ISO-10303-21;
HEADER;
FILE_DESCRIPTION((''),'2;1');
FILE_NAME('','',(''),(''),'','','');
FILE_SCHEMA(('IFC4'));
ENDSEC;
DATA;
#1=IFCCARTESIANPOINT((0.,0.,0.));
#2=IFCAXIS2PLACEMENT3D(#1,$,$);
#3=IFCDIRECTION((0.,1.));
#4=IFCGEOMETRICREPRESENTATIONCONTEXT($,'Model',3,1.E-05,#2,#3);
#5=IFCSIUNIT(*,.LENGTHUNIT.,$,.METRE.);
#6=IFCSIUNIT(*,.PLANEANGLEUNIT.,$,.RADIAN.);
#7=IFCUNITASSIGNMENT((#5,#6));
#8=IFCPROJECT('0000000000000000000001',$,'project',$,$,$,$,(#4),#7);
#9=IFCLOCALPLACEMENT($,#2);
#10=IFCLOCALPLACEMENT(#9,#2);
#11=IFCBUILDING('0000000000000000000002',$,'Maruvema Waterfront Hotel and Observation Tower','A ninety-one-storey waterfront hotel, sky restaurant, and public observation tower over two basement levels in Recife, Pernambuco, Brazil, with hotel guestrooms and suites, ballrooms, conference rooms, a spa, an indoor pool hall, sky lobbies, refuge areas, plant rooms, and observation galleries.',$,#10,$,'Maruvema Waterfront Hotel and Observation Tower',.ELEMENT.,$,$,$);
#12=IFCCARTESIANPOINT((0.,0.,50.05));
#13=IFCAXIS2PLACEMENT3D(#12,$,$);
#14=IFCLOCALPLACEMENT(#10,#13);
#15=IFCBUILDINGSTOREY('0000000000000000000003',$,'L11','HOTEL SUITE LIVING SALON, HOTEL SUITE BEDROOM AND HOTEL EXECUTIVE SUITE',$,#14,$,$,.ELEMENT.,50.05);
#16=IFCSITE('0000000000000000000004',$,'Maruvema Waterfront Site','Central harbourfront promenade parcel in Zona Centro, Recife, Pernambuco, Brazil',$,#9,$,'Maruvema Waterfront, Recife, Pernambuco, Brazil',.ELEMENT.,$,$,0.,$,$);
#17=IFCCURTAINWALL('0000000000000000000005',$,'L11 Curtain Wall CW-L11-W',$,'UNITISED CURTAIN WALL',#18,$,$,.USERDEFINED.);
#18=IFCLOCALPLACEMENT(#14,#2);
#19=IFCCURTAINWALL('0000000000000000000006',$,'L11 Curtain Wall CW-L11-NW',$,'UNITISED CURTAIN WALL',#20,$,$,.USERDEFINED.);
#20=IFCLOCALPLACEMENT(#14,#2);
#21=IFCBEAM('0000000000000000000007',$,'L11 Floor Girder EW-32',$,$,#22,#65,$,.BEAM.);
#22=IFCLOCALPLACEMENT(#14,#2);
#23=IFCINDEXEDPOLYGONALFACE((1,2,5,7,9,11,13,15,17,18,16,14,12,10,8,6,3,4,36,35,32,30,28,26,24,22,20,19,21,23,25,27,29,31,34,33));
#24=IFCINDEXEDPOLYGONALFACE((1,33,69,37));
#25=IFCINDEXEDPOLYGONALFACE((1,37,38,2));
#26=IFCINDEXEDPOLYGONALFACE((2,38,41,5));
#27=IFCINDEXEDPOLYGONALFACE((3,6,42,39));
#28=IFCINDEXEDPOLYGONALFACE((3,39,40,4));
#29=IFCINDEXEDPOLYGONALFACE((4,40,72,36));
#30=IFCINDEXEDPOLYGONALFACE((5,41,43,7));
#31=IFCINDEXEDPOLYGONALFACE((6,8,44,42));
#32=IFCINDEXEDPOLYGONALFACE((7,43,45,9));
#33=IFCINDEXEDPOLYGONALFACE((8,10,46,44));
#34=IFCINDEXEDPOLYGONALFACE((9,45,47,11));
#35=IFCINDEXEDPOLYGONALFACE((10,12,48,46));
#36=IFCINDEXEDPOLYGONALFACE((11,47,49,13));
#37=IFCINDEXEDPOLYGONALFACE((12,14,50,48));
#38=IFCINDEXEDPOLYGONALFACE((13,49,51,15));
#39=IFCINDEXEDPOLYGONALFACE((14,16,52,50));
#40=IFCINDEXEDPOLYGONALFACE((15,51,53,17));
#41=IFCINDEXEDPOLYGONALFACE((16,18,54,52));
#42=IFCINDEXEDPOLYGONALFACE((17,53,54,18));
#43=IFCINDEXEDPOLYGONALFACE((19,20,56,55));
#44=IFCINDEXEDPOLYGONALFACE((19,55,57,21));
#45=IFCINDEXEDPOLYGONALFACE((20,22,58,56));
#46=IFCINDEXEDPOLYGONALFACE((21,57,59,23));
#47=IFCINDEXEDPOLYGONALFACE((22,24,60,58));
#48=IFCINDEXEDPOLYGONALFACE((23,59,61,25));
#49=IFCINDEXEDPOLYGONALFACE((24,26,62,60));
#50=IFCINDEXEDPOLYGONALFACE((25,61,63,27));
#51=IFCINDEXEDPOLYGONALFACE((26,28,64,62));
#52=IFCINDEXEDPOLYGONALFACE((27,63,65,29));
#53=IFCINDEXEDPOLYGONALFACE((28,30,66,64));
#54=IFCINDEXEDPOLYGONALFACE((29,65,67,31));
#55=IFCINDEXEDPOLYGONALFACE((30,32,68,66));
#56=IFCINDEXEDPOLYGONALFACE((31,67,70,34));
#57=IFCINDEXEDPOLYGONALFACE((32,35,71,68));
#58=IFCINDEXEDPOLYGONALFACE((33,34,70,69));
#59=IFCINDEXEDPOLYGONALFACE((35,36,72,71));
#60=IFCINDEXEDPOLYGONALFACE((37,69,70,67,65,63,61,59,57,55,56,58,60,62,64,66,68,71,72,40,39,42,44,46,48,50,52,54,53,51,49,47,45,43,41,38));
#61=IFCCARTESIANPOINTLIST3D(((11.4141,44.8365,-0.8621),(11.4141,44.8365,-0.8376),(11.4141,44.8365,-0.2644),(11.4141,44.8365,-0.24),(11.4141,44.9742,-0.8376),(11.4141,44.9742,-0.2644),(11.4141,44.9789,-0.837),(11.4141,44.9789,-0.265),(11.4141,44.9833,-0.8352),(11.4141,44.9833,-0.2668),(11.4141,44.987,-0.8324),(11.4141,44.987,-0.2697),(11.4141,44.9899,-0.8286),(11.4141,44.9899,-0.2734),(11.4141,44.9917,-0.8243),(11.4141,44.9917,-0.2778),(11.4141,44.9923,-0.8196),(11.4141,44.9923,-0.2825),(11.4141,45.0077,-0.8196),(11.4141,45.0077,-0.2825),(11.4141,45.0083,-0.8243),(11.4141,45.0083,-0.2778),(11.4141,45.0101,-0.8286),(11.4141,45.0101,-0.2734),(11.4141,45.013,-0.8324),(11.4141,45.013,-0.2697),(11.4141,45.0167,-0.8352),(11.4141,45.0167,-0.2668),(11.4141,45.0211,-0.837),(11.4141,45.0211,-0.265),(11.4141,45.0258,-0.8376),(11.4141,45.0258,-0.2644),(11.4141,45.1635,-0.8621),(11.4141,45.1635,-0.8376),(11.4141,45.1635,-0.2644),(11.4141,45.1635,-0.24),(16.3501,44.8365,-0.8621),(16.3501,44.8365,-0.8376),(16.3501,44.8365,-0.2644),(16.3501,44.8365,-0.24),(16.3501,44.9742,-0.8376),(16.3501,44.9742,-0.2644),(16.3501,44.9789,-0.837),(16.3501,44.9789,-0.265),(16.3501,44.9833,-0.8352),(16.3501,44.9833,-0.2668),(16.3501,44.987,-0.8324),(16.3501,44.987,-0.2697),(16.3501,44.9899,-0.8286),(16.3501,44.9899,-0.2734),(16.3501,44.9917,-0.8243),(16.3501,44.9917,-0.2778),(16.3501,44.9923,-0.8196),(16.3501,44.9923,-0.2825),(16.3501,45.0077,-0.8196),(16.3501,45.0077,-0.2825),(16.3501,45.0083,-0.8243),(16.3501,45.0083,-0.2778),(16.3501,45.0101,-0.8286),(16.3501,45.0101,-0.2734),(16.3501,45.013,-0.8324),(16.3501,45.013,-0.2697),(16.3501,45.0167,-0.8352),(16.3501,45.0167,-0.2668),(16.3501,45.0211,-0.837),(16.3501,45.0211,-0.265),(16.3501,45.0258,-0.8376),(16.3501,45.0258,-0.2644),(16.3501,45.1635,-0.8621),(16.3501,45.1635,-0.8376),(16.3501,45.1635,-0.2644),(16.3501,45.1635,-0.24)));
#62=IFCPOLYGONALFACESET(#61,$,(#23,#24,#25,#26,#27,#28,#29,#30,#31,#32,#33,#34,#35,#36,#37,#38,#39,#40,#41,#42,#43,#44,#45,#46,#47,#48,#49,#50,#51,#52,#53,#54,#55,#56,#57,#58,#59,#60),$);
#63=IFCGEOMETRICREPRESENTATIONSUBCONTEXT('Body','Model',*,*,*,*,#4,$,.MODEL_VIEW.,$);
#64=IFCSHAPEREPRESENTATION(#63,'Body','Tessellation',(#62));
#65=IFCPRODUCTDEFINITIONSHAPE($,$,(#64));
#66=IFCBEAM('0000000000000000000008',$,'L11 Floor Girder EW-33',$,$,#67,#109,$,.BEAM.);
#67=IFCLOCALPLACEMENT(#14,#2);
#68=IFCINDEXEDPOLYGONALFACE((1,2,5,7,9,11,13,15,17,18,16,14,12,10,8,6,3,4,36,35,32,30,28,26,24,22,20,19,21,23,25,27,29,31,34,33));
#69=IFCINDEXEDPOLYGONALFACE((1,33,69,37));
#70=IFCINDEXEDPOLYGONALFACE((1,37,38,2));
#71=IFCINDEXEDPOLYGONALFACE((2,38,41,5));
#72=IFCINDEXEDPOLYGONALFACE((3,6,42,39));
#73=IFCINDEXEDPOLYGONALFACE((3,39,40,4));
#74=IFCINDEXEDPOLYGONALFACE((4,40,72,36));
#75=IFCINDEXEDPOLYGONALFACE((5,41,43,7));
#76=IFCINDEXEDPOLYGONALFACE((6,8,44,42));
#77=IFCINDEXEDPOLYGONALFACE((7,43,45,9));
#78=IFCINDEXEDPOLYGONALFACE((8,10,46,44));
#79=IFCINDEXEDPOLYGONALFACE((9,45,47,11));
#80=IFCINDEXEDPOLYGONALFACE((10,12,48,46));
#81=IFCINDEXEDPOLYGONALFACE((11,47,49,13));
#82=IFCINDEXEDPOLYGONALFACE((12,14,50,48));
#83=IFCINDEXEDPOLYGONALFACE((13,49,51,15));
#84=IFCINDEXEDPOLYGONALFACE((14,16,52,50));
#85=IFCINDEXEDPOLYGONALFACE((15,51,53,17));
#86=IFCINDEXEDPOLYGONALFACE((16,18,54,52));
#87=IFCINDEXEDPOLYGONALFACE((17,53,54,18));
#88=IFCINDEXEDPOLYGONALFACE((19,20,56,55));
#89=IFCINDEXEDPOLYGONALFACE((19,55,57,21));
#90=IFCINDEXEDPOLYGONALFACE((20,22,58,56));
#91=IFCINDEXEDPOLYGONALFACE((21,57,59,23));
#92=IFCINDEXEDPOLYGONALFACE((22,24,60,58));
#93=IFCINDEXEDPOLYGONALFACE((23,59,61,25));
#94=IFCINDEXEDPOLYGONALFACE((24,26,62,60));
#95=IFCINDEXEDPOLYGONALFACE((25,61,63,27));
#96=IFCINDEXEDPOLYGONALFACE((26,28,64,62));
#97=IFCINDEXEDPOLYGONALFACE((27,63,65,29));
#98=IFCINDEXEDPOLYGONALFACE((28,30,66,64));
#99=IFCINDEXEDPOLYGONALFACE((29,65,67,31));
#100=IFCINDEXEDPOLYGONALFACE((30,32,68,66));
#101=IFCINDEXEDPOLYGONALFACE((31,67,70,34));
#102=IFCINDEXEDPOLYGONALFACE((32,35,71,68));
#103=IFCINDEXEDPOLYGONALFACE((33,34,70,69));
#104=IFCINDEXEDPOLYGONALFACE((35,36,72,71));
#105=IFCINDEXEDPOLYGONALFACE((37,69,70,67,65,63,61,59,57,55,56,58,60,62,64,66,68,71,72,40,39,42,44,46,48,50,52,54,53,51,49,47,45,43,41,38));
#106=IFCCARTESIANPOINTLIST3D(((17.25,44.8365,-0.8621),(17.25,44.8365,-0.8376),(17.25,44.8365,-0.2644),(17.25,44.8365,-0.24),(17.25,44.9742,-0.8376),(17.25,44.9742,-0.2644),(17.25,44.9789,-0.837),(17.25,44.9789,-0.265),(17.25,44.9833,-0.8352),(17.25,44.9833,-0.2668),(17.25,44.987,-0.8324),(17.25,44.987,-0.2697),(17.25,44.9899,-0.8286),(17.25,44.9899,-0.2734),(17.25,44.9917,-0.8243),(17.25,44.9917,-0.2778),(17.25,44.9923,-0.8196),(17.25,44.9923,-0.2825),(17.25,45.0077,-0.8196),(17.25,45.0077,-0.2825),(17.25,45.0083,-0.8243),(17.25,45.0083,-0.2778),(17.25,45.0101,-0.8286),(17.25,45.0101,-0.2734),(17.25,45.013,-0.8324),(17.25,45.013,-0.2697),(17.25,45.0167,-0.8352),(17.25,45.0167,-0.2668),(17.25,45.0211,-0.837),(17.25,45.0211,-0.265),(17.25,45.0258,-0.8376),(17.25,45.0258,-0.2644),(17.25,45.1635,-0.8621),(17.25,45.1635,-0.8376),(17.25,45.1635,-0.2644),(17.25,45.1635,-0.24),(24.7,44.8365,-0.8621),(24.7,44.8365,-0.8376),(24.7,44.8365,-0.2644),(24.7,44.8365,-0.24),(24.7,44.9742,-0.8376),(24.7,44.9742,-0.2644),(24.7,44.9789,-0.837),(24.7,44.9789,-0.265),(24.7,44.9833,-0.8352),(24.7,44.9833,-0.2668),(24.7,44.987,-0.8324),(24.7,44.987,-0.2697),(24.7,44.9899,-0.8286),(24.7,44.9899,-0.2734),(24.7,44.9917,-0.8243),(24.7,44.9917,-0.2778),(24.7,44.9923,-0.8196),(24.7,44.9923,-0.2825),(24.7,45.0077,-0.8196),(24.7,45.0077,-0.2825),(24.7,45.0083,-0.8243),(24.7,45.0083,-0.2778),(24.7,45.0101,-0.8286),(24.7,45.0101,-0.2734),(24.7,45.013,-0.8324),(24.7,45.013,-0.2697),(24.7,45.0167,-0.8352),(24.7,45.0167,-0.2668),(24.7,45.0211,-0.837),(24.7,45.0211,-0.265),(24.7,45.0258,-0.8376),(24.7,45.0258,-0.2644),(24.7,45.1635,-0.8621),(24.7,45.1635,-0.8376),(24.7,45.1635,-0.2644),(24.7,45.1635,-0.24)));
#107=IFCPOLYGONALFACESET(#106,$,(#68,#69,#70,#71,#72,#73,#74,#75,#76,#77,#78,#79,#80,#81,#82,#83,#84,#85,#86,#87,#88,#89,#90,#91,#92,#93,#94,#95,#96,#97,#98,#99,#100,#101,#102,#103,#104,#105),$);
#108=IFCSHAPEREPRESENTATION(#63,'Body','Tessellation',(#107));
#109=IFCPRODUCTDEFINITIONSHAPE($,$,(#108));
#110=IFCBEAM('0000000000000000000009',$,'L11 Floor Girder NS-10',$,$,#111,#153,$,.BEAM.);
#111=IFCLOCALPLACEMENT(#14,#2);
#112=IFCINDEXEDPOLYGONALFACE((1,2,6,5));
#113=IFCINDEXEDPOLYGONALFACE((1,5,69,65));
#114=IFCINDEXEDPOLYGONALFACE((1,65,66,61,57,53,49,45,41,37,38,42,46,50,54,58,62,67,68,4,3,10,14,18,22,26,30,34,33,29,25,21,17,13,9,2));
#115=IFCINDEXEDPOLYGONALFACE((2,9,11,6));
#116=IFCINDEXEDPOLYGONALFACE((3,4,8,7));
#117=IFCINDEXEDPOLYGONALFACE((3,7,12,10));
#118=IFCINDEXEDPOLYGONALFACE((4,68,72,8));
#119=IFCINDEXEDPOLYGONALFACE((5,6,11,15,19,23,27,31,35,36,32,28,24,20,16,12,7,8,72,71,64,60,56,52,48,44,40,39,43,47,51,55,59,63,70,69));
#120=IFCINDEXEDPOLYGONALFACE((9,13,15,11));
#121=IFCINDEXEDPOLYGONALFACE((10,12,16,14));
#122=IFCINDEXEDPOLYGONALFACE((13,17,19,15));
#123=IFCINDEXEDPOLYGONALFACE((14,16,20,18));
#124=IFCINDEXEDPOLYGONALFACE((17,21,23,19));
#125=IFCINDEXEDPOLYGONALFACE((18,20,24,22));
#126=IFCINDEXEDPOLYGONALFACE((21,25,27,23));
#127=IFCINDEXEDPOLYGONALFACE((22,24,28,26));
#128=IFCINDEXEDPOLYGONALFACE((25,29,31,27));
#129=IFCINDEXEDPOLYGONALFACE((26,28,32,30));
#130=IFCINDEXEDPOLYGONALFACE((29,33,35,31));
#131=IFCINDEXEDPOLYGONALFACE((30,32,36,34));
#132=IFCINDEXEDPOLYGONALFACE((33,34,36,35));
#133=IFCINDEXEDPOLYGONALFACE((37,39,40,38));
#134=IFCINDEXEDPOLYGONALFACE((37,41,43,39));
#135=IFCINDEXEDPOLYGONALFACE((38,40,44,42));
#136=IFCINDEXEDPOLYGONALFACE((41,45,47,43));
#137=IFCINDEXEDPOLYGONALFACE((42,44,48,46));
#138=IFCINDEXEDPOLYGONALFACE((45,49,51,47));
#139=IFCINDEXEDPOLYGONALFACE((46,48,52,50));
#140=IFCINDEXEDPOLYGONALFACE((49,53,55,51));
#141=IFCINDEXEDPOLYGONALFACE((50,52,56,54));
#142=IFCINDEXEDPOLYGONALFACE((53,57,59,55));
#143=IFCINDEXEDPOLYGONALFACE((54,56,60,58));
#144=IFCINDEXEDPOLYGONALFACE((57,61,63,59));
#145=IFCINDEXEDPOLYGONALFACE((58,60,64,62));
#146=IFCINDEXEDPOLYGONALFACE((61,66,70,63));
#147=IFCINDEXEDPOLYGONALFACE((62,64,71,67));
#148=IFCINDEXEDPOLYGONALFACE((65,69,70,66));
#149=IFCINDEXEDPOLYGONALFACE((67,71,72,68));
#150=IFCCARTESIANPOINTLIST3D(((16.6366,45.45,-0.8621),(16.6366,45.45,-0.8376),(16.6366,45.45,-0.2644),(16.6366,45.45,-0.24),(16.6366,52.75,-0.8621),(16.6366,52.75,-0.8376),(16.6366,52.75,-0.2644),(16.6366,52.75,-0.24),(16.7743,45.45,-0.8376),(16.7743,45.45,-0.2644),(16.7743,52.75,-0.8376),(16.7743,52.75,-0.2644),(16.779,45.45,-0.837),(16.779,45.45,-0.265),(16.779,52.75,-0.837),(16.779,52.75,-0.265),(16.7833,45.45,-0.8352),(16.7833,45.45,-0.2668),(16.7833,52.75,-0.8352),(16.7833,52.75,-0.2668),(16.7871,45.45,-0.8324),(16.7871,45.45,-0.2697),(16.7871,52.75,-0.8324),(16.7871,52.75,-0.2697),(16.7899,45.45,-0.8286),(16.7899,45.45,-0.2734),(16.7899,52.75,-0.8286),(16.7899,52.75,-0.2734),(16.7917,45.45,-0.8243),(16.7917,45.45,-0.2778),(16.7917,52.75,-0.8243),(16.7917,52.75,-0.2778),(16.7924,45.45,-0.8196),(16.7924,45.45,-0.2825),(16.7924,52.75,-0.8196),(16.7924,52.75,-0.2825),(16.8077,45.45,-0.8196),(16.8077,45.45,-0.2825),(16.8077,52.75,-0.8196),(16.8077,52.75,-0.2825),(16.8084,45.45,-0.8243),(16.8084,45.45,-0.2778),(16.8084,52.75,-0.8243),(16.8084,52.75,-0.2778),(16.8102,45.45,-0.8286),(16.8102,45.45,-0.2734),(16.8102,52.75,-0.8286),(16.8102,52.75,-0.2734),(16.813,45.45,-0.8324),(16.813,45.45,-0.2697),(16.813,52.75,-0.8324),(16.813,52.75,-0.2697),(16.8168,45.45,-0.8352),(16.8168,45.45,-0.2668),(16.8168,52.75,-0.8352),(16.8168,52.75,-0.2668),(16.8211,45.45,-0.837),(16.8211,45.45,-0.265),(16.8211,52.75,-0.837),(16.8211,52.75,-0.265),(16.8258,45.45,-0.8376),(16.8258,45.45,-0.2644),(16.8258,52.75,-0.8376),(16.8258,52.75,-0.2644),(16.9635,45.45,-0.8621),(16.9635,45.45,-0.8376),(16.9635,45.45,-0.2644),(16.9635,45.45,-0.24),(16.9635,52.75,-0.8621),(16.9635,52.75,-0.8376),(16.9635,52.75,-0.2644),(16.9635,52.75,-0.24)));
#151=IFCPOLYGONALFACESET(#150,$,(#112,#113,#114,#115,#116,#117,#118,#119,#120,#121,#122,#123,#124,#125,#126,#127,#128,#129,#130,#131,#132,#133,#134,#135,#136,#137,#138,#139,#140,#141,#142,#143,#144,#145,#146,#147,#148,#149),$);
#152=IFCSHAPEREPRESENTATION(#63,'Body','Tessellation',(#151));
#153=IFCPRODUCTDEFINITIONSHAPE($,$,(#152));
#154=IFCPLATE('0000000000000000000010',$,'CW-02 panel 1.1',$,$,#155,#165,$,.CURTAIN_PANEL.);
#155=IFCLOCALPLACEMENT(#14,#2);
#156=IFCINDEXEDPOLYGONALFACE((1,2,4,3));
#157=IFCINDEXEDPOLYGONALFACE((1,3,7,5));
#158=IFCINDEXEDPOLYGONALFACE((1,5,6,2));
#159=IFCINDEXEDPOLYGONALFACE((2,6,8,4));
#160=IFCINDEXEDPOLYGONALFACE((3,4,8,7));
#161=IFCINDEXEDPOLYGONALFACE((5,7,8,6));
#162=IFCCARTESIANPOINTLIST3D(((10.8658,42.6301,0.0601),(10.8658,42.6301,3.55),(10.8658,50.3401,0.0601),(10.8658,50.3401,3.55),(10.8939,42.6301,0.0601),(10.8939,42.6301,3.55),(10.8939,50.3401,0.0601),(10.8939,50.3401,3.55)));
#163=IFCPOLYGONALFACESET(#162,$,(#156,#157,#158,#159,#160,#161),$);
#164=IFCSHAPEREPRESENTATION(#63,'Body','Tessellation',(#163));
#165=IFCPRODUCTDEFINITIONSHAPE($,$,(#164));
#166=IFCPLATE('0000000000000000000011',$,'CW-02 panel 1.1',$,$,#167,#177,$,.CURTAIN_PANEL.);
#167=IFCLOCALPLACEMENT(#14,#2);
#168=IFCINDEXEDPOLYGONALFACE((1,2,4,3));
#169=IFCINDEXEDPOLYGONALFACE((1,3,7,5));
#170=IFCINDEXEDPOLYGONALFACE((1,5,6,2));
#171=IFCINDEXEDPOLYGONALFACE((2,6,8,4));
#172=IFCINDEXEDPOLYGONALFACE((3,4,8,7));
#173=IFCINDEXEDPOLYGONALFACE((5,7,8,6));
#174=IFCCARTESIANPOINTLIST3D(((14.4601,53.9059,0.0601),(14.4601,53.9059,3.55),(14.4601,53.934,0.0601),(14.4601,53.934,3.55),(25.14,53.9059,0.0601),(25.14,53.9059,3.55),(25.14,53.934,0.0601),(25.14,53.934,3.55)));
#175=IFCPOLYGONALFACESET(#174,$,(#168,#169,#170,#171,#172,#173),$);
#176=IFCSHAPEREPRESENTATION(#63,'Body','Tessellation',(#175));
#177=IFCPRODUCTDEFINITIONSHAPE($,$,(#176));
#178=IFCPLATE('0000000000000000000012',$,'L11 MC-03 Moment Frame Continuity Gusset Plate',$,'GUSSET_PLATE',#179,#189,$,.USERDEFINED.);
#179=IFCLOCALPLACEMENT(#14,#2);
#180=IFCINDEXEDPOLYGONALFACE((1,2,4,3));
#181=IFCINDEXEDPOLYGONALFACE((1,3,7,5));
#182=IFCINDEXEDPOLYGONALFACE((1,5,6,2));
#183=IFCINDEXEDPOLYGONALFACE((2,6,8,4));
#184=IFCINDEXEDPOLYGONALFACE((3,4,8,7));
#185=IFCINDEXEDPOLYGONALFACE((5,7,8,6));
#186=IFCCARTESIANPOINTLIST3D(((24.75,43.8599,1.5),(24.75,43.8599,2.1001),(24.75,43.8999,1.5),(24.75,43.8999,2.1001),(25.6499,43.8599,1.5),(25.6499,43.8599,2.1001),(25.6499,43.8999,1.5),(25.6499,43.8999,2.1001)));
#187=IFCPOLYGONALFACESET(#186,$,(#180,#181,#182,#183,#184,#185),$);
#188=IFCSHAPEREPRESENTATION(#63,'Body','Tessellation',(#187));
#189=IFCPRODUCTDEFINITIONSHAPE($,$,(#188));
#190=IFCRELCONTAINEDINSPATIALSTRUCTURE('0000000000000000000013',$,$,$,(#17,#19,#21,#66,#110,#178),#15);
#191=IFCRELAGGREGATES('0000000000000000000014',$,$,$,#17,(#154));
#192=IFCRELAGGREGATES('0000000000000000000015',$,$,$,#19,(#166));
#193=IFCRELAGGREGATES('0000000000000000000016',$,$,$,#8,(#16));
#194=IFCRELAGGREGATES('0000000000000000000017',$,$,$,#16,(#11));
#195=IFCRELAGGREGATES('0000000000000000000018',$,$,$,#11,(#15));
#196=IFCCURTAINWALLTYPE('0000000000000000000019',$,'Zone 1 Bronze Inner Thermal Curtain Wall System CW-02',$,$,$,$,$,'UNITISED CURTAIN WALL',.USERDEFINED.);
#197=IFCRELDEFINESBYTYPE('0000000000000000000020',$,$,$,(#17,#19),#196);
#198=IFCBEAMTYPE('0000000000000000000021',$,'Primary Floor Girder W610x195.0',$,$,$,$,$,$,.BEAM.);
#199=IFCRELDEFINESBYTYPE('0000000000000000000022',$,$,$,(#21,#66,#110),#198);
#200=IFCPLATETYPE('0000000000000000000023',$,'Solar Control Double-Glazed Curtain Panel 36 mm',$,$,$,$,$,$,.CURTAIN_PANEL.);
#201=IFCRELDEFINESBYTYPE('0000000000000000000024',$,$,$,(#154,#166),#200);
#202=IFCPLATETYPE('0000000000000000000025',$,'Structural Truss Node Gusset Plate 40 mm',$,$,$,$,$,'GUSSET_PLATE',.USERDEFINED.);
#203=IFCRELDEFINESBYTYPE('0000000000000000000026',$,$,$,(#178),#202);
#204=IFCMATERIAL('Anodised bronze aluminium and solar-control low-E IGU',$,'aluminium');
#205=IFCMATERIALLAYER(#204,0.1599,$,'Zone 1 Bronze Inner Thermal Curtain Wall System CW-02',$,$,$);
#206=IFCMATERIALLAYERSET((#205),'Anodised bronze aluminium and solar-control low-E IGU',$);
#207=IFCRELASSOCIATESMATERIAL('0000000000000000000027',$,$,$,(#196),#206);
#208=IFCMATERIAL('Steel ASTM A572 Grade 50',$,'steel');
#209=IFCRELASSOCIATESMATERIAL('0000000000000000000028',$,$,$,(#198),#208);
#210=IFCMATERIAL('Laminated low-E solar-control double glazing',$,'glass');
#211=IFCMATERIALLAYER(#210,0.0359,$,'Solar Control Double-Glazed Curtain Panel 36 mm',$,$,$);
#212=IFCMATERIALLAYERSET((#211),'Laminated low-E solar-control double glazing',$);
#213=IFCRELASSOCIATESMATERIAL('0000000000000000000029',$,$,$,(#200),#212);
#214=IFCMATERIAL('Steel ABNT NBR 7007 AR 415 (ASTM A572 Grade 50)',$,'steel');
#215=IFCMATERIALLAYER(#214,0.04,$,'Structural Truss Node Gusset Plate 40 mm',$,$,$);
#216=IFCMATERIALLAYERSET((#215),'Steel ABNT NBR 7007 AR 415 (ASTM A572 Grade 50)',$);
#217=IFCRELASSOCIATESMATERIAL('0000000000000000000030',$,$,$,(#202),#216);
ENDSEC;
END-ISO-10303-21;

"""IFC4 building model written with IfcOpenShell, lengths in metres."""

from ifc_helpers import new_model, si_unit, direction, frame, origin, origin_2d, place, context, subcontext, project, spatial, rectangle, i_section, extrude, material, layer, layer_set, material_profile, profile_set, type_object, element, aggregate, save


model = new_model("IFC4")

# Units and contexts
model_context = context("Model", 3, precision=1e-05, world=origin(), true_north=direction((0.0, 1.0)))
body_context = subcontext(model_context, "Body", "Model", "MODEL_VIEW")
ifc_project = project(units=[si_unit("LENGTHUNIT", "METRE"), si_unit("PLANEANGLEUNIT", "RADIAN")], contexts=[model_context])

# Site, building, storey
site_placement = place(None, origin())
site = spatial("IfcSite", under=ifc_project, at=site_placement, Name="Maruvema Waterfront Site", Description="Central harbourfront promenade parcel in Zona Centro, Recife, Pernambuco, Brazil", LongName="Maruvema Waterfront, Recife, Pernambuco, Brazil", CompositionType="ELEMENT", RefElevation=0.0)
building_placement = place(site_placement, origin())
building = spatial("IfcBuilding", under=site, at=building_placement, Name="Maruvema Waterfront Hotel and Observation Tower", Description="A ninety-one-storey waterfront hotel, sky restaurant, and public observation tower over two basement levels in Recife, Pernambuco, Brazil, with hotel guestrooms and suites, ballrooms, conference rooms, a spa, an indoor pool hall, sky lobbies, refuge areas, plant rooms, and observation galleries.", LongName="Maruvema Waterfront Hotel and Observation Tower", CompositionType="ELEMENT")
storey_placement = place(building_placement, frame((0.0, 0.0, 50.05)))
storey = spatial("IfcBuildingStorey", under=building, at=storey_placement, Name="L11", Description="HOTEL SUITE LIVING SALON, HOTEL SUITE BEDROOM AND HOTEL EXECUTIVE SUITE", CompositionType="ELEMENT", Elevation=50.05)

# Curtain walls
ifc_material_1 = material(Name="Anodised bronze aluminium and solar-control low-E IGU", Category="aluminium")
ifc_layer_1 = layer(ifc_material_1, 0.1599, Name="Zone 1 Bronze Inner Thermal Curtain Wall System CW-02")
ifc_layer_set_1 = layer_set([ifc_layer_1], Name="Anodised bronze aluminium and solar-control low-E IGU")
curtain_wall_type = type_object("IfcCurtainWallType", Name="Zone 1 Bronze Inner Thermal Curtain Wall System CW-02", ElementType="UNITISED CURTAIN WALL", PredefinedType="USERDEFINED", material=ifc_layer_set_1)
curtain_wall_1_placement = place(storey_placement, origin())
curtain_wall_1 = element("IfcCurtainWall", 1, at=curtain_wall_1_placement, inside=storey, type_object=curtain_wall_type, Name="L11 Curtain Wall CW-L11-W", ObjectType="UNITISED CURTAIN WALL", PredefinedType="USERDEFINED")
curtain_wall_2_placement = place(storey_placement, origin())
curtain_wall_2 = element("IfcCurtainWall", 2, at=curtain_wall_2_placement, inside=storey, type_object=curtain_wall_type, Name="L11 Curtain Wall CW-L11-NW", ObjectType="UNITISED CURTAIN WALL", PredefinedType="USERDEFINED")

# Beams
ifc_material_2 = material(Name="Steel ASTM A572 Grade 50", Category="steel")
ifc_material_profile_1 = material_profile(ifc_material_2, i_section(OverallWidth=0.3269, OverallDepth=0.6221, WebThickness=0.0154, FlangeThickness=0.0244, FilletRadius=0.0181, at=origin_2d()), Name="W610x195.0")
ifc_profile_set_1 = profile_set([ifc_material_profile_1], Name="Steel ASTM A572 Grade 50")
beam_type = type_object("IfcBeamType", Name="Primary Floor Girder W610x195.0", PredefinedType="BEAM", material=ifc_profile_set_1)
beam_1_placement = place(storey_placement, frame((11.4141, 45.0, -0.551), z_axis=(1.0, 0.0, 0.0), x_axis=(0.0, 1.0, 0.0)))
element("IfcBeam", 3, at=beam_1_placement, inside=storey, type_object=beam_type, Name="L11 Floor Girder EW-32", PredefinedType="BEAM", context=body_context, shape_type="SweptSolid", body=[
    extrude(i_section(OverallWidth=0.3269, OverallDepth=0.6221, WebThickness=0.0154, FlangeThickness=0.0244, FilletRadius=0.0181, at=origin_2d()), origin(), (0.0, 0.0, 1.0), 4.936),
])
beam_2_placement = place(storey_placement, frame((17.25, 45.0, -0.551), z_axis=(1.0, 0.0, 0.0), x_axis=(0.0, 1.0, 0.0)))
element("IfcBeam", 4, at=beam_2_placement, inside=storey, type_object=beam_type, Name="L11 Floor Girder EW-33", PredefinedType="BEAM", context=body_context, shape_type="SweptSolid", body=[
    extrude(i_section(OverallWidth=0.3269, OverallDepth=0.6221, WebThickness=0.0154, FlangeThickness=0.0244, FilletRadius=0.0181, at=origin_2d()), origin(), (0.0, 0.0, 1.0), 7.45),
])
beam_3_placement = place(storey_placement, frame((16.8, 45.45, -0.551), z_axis=(0.0, 1.0, 0.0), x_axis=(-1.0, 0.0, 0.0)))
element("IfcBeam", 5, at=beam_3_placement, inside=storey, type_object=beam_type, Name="L11 Floor Girder NS-10", PredefinedType="BEAM", context=body_context, shape_type="SweptSolid", body=[
    extrude(i_section(OverallWidth=0.3269, OverallDepth=0.6221, WebThickness=0.0154, FlangeThickness=0.0244, FilletRadius=0.0181, at=origin_2d()), origin(), (0.0, 0.0, 1.0), 7.3),
])

# Plates
ifc_material_3 = material(Name="Laminated low-E solar-control double glazing", Category="glass")
ifc_layer_2 = layer(ifc_material_3, 0.0359, Name="Solar Control Double-Glazed Curtain Panel 36 mm")
ifc_layer_set_2 = layer_set([ifc_layer_2], Name="Laminated low-E solar-control double glazing")
plate_type_1 = type_object("IfcPlateType", Name="Solar Control Double-Glazed Curtain Panel 36 mm", PredefinedType="CURTAIN_PANEL", material=ifc_layer_set_2)
plate_1_placement = place(storey_placement, frame((10.8799, 46.4851, 0.0601), z_axis=(0.0, 0.0, 1.0), x_axis=(0.0, -1.0, 0.0)))
plate_1 = element("IfcPlate", 6, at=plate_1_placement, type_object=plate_type_1, Name="CW-02 panel 1.1", PredefinedType="CURTAIN_PANEL", context=body_context, shape_type="SweptSolid", body=[
    extrude(rectangle(XDim=7.71, YDim=0.0281, at=origin_2d()), origin(), (0.0, 0.0, 1.0), 3.49),
])
aggregate(curtain_wall_1, [plate_1])
plate_2_placement = place(storey_placement, frame((19.8, 53.9199, 0.0601), z_axis=(0.0, 0.0, 1.0), x_axis=(-1.0, 0.0, 0.0)))
plate_2 = element("IfcPlate", 7, at=plate_2_placement, type_object=plate_type_1, Name="CW-02 panel 1.1", PredefinedType="CURTAIN_PANEL", context=body_context, shape_type="SweptSolid", body=[
    extrude(rectangle(XDim=10.6799, YDim=0.0281, at=origin_2d()), origin(), (0.0, 0.0, 1.0), 3.49),
])
aggregate(curtain_wall_2, [plate_2])
ifc_material_4 = material(Name="Steel ABNT NBR 7007 AR 415 (ASTM A572 Grade 50)", Category="steel")
ifc_layer_3 = layer(ifc_material_4, 0.04, Name="Structural Truss Node Gusset Plate 40 mm")
ifc_layer_set_3 = layer_set([ifc_layer_3], Name="Steel ABNT NBR 7007 AR 415 (ASTM A572 Grade 50)")
plate_type_2 = type_object("IfcPlateType", Name="Structural Truss Node Gusset Plate 40 mm", ElementType="GUSSET_PLATE", PredefinedType="USERDEFINED", material=ifc_layer_set_3)
plate_3_placement = place(storey_placement, frame((25.2, 43.8799, 1.5), z_axis=(0.0, 0.0, 1.0), x_axis=(1.0, 0.0, 0.0)))
element("IfcPlate", 8, at=plate_3_placement, inside=storey, type_object=plate_type_2, Name="L11 MC-03 Moment Frame Continuity Gusset Plate", ObjectType="GUSSET_PLATE", PredefinedType="USERDEFINED", context=body_context, shape_type="SweptSolid", body=[
    extrude(rectangle(XDim=0.8999, YDim=0.04, at=origin_2d()), origin(), (0.0, 0.0, 1.0), 0.6001),
])

save(model, "model.ifc")
